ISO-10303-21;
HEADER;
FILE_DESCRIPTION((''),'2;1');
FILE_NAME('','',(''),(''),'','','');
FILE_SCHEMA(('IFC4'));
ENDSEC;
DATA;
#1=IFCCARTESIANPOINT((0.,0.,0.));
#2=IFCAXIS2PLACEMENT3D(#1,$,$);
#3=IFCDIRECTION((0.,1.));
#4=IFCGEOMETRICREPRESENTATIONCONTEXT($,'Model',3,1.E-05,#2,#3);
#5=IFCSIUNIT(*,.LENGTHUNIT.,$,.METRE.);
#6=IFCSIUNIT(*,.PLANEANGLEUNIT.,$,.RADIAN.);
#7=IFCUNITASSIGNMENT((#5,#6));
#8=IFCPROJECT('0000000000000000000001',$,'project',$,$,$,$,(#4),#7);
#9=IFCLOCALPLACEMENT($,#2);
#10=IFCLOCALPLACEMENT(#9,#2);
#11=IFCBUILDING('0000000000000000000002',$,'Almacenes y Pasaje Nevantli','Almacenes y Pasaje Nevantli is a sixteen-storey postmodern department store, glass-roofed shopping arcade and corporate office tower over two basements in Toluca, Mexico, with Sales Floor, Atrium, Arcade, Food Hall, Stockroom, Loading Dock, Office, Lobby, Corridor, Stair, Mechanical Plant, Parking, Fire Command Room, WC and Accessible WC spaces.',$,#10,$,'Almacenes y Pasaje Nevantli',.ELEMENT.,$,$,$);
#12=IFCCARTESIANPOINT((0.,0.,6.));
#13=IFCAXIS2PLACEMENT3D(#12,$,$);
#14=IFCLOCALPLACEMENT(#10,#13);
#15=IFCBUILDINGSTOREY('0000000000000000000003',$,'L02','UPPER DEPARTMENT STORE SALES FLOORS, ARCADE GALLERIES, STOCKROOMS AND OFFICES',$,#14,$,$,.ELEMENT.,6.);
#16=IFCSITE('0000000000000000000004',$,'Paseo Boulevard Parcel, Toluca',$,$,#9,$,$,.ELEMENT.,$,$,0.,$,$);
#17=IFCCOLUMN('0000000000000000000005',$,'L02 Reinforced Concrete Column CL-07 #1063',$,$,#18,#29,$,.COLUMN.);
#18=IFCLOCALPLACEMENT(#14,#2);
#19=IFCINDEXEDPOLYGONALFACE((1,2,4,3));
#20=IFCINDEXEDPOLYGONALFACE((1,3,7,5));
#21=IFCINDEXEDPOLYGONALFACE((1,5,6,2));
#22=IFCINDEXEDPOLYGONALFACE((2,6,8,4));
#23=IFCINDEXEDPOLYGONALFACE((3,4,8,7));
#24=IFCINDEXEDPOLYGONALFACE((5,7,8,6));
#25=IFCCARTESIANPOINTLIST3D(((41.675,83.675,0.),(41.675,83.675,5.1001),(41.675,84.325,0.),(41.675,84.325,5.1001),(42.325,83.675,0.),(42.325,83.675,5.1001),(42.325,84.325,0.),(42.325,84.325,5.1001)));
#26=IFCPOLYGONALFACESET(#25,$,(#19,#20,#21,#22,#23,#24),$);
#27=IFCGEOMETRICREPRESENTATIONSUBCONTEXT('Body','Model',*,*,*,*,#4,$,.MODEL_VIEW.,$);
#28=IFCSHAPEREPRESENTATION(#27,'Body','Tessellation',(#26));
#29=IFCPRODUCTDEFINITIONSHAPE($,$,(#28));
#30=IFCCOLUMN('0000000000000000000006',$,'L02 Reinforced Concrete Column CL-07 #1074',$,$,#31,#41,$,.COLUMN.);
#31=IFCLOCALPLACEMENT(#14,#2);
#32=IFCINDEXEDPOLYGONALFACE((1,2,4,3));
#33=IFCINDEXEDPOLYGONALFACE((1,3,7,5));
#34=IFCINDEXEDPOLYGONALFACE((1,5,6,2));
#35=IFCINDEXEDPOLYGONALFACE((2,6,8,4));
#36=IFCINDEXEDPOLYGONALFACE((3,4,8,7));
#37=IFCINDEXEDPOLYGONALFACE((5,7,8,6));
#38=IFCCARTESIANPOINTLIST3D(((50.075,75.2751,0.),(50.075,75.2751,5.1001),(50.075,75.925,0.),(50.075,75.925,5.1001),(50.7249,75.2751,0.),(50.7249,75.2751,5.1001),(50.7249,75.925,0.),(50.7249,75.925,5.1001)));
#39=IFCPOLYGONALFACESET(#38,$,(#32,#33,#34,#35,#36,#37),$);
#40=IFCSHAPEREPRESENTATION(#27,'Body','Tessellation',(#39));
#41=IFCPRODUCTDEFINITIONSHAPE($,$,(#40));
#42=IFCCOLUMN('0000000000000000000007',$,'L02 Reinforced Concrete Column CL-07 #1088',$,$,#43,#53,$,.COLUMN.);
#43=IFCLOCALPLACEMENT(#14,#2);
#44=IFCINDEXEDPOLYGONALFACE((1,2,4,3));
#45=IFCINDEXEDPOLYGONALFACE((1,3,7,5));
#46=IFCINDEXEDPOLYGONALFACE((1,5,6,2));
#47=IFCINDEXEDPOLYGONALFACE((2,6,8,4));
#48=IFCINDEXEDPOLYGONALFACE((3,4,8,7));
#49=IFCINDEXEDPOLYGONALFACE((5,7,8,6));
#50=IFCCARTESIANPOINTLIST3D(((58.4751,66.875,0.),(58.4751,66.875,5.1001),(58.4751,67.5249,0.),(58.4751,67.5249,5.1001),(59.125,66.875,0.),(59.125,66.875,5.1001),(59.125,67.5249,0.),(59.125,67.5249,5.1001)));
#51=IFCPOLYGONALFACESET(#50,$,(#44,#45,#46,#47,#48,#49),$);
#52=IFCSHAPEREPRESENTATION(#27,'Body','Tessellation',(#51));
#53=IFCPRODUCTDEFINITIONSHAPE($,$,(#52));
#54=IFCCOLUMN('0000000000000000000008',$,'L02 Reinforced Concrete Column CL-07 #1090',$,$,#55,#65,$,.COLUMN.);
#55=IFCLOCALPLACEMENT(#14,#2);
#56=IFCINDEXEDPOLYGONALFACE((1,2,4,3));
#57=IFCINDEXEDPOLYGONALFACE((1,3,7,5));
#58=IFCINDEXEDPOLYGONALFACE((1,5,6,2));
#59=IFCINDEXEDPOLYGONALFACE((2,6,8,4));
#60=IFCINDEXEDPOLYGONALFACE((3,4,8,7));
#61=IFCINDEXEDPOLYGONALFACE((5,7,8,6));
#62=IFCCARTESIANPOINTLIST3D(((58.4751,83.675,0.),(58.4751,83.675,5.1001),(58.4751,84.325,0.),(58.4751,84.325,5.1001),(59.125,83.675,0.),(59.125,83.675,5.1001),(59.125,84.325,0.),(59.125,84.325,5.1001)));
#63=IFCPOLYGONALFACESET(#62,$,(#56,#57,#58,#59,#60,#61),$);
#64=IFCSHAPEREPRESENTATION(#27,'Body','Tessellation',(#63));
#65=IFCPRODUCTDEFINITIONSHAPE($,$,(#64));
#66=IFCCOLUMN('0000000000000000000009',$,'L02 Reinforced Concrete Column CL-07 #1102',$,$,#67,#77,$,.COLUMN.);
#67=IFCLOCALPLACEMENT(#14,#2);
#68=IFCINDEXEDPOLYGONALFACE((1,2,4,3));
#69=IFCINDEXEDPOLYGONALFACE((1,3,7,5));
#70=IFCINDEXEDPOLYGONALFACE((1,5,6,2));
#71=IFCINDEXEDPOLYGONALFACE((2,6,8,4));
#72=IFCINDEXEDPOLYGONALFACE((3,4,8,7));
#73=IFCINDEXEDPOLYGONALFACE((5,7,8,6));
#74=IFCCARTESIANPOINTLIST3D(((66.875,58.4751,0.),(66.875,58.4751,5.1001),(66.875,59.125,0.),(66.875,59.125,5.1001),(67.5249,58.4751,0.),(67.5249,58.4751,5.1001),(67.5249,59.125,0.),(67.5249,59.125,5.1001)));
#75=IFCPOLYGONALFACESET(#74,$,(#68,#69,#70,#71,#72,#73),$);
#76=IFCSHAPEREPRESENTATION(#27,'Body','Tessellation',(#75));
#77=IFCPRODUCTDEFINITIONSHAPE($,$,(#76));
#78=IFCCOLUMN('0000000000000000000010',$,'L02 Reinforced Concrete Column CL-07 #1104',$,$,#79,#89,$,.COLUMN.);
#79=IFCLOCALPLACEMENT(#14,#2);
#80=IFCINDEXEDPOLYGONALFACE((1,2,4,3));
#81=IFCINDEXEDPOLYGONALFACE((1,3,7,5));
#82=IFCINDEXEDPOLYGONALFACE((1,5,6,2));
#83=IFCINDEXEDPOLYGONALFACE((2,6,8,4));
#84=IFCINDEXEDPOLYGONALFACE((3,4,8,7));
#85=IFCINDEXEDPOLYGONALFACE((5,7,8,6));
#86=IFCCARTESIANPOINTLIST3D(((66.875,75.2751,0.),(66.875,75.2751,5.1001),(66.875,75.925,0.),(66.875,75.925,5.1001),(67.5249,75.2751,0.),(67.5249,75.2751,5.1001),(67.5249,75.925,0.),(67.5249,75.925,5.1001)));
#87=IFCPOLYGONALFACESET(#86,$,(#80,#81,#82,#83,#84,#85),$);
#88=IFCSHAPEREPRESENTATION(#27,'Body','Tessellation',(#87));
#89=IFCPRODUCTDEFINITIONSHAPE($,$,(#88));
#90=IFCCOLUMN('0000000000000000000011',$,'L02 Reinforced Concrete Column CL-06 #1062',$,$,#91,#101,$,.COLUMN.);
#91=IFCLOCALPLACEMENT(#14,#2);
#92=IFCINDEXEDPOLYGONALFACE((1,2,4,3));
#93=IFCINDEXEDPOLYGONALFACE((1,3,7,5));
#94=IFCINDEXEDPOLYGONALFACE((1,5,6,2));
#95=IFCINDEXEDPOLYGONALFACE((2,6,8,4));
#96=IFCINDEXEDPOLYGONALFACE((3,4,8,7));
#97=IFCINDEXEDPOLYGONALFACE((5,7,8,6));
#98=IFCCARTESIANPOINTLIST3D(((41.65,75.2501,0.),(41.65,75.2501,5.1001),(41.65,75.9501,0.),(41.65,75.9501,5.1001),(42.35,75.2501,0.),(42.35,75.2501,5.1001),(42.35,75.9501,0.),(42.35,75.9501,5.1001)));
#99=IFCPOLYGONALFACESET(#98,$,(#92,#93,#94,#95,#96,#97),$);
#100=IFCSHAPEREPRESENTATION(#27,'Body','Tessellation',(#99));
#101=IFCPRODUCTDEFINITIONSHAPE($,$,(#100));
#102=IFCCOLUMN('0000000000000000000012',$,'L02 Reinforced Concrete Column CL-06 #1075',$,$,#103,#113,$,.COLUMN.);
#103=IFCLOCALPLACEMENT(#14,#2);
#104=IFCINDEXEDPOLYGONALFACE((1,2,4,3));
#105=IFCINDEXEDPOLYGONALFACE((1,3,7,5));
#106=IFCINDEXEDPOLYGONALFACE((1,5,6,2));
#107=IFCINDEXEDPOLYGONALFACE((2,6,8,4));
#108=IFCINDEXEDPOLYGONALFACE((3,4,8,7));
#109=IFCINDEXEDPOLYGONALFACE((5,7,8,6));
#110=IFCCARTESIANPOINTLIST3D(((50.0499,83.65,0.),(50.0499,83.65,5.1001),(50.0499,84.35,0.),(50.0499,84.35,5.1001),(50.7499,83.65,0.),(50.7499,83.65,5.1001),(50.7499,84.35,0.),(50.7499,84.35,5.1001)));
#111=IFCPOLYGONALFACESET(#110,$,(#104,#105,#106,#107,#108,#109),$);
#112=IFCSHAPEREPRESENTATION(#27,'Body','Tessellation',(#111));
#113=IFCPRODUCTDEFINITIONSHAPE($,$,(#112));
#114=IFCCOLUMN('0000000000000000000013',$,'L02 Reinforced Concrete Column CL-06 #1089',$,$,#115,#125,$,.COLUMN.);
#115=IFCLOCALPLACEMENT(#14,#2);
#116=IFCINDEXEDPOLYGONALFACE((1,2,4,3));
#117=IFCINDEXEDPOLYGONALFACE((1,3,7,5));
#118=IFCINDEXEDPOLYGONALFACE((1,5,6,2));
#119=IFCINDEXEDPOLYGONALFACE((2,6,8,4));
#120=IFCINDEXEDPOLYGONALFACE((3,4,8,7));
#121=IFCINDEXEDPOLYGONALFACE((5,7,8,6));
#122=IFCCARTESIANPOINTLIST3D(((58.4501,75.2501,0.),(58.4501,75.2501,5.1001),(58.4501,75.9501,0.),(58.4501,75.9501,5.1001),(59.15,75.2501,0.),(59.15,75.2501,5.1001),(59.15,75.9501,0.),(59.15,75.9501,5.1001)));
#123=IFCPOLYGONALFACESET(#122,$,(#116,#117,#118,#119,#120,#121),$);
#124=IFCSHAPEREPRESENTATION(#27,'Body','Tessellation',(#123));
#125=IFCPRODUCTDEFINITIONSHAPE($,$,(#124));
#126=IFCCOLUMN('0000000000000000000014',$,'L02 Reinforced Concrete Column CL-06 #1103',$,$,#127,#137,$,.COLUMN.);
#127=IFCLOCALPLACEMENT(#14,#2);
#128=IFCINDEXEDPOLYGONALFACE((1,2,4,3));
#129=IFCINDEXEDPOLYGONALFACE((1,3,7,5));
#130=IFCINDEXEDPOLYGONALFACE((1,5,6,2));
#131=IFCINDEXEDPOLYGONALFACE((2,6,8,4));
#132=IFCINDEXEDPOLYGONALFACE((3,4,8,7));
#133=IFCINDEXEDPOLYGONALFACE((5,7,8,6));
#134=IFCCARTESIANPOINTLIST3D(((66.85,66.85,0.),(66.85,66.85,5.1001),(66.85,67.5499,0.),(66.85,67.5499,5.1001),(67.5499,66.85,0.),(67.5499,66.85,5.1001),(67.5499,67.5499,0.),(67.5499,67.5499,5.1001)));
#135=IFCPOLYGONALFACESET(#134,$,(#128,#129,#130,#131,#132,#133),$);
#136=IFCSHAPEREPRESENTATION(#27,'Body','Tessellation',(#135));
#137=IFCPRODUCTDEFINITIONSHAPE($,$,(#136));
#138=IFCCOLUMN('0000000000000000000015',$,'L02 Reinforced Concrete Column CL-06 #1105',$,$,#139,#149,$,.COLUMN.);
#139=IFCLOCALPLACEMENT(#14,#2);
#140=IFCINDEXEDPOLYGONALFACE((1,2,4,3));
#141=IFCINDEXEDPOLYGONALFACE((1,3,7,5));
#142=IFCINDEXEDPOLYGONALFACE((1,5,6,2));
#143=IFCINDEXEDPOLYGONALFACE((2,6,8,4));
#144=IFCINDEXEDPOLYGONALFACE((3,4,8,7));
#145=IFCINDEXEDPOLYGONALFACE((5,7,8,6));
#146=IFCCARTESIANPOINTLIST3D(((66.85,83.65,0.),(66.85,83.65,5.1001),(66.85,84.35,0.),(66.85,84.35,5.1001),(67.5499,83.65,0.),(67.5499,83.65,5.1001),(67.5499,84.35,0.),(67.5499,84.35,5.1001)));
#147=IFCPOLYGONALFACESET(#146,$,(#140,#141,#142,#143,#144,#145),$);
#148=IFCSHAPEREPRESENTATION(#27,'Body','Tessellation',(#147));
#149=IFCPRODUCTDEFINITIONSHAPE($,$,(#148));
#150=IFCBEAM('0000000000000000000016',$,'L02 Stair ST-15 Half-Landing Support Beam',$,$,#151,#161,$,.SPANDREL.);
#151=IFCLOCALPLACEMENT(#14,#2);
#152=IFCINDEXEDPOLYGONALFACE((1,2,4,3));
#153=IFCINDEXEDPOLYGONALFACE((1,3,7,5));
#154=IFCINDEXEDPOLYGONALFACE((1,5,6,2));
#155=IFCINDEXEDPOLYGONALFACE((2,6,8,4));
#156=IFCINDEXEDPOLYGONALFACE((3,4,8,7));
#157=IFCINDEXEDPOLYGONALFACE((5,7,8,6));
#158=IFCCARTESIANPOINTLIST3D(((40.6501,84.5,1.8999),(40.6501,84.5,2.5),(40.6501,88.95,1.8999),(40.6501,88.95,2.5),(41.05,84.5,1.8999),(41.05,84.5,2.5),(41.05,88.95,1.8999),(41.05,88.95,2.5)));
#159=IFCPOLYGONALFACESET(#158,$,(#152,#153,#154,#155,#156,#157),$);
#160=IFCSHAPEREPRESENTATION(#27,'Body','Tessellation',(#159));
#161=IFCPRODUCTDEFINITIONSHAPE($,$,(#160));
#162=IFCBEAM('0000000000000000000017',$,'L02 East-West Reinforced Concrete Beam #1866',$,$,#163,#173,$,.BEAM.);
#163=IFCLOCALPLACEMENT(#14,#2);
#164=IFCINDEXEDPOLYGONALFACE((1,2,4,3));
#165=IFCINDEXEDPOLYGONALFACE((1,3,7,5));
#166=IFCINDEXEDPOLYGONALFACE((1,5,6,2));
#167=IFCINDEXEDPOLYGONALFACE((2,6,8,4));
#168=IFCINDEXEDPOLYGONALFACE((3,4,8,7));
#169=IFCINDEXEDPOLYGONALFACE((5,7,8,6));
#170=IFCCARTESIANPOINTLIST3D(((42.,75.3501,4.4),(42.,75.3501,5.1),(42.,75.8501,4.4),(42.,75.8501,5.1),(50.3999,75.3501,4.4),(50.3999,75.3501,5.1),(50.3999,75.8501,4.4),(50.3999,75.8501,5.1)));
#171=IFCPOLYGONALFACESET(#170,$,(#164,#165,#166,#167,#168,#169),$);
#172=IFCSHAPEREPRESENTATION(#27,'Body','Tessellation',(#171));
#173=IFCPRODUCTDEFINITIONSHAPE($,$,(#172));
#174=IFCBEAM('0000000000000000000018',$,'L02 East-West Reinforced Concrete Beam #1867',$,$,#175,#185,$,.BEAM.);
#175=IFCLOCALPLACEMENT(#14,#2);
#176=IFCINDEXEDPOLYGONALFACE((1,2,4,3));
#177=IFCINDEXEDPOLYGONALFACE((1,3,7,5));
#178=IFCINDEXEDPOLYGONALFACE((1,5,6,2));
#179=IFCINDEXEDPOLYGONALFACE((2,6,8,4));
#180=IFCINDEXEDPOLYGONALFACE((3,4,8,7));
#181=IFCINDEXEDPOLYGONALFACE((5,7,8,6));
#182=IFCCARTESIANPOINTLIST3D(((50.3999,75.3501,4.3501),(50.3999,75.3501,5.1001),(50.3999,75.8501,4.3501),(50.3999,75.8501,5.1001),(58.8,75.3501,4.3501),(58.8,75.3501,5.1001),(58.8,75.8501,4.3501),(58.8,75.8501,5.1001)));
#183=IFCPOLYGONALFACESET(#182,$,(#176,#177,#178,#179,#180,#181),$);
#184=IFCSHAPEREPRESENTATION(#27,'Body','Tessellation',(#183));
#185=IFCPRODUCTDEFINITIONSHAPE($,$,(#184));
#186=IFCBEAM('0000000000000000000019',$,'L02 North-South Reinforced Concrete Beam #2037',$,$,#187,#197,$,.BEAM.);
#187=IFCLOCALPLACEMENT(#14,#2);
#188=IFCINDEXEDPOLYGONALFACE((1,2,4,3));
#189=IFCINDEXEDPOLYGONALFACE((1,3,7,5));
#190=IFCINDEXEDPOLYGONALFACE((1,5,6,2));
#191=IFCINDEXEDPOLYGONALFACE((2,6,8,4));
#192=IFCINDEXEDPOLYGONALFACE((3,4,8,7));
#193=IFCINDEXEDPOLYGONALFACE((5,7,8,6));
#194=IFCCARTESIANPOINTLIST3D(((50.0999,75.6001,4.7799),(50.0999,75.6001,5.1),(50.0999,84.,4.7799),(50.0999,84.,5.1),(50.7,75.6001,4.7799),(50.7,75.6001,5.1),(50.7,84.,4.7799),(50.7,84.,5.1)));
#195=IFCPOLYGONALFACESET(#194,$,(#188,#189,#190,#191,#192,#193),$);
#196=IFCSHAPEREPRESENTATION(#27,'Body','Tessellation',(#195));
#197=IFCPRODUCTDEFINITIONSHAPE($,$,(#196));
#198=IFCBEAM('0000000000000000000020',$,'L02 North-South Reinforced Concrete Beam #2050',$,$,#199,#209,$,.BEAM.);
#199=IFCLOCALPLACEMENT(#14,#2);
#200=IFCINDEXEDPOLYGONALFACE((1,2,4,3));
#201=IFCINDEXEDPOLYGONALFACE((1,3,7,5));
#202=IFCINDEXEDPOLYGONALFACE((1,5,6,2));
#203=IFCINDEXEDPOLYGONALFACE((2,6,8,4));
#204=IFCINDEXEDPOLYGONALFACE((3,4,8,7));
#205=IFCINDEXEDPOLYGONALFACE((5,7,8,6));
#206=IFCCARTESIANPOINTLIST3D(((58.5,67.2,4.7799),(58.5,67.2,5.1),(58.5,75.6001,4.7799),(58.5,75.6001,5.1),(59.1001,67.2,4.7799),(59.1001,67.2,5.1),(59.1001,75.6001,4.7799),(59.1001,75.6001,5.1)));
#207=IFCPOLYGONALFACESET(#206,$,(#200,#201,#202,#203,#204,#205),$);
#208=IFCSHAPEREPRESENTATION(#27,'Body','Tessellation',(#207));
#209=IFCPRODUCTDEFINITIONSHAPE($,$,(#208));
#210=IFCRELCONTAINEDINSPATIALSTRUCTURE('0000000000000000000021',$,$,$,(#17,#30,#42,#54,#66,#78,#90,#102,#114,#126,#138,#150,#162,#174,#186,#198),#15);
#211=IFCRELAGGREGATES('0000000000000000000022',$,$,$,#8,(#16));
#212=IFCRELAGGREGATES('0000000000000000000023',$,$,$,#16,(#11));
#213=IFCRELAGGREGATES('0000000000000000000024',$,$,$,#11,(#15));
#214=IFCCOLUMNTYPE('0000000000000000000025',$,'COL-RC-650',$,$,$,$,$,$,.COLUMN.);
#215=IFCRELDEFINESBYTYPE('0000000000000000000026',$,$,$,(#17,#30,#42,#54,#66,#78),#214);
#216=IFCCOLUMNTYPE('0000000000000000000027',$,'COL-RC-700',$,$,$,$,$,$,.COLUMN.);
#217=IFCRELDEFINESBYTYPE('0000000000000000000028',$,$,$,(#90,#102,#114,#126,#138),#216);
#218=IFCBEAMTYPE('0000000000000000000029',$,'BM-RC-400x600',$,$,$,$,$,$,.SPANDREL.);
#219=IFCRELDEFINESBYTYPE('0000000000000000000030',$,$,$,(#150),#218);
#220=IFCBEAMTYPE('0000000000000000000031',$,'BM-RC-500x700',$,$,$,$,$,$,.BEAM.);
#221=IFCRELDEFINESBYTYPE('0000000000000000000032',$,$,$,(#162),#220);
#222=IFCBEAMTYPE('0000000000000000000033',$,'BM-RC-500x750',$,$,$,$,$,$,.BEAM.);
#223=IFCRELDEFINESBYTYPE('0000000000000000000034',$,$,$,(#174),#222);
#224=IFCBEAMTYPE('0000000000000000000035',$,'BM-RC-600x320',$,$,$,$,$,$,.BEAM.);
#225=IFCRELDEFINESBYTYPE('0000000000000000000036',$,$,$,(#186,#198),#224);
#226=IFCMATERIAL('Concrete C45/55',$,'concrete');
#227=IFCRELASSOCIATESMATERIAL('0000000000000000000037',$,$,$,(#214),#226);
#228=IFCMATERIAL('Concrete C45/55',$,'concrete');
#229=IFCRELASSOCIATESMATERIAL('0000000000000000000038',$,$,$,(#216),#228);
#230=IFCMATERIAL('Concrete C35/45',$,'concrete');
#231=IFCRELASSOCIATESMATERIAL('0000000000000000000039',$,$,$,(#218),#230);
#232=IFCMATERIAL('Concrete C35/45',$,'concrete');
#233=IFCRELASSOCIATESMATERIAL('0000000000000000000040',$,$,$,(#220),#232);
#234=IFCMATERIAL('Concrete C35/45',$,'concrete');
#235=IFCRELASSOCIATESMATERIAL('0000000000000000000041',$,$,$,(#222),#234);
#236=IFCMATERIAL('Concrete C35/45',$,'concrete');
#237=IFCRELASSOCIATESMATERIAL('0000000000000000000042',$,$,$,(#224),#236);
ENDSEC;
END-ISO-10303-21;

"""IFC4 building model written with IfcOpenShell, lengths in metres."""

from ifc_helpers import new_model, si_unit, direction, frame, origin, origin_2d, place, context, subcontext, project, spatial, rectangle, extrude, material, material_profile, profile_set, type_object, element, save


model = new_model("IFC4")

# Units and contexts
model_context = context("Model", 3, precision=1e-05, world=origin(), true_north=direction((0.0, 1.0)))
body_context = subcontext(model_context, "Body", "Model", "MODEL_VIEW")
ifc_project = project(units=[si_unit("LENGTHUNIT", "METRE"), si_unit("PLANEANGLEUNIT", "RADIAN")], contexts=[model_context])

# Site, building, storey
site_placement = place(None, origin())
site = spatial("IfcSite", under=ifc_project, at=site_placement, Name="Paseo Boulevard Parcel, Toluca", CompositionType="ELEMENT", RefElevation=0.0)
building_placement = place(site_placement, origin())
building = spatial("IfcBuilding", under=site, at=building_placement, Name="Almacenes y Pasaje Nevantli", Description="Almacenes y Pasaje Nevantli is a sixteen-storey postmodern department store, glass-roofed shopping arcade and corporate office tower over two basements in Toluca, Mexico, with Sales Floor, Atrium, Arcade, Food Hall, Stockroom, Loading Dock, Office, Lobby, Corridor, Stair, Mechanical Plant, Parking, Fire Command Room, WC and Accessible WC spaces.", LongName="Almacenes y Pasaje Nevantli", CompositionType="ELEMENT")
storey_placement = place(building_placement, frame((0.0, 0.0, 6.0)))
storey = spatial("IfcBuildingStorey", under=building, at=storey_placement, Name="L02", Description="UPPER DEPARTMENT STORE SALES FLOORS, ARCADE GALLERIES, STOCKROOMS AND OFFICES", CompositionType="ELEMENT", Elevation=6.0)

# Columns
ifc_material_1 = material(Name="Concrete C45/55", Category="concrete")
ifc_material_profile_1 = material_profile(ifc_material_1, rectangle(XDim=0.6499, YDim=0.6499, at=origin_2d()), Name="RC-COL-650x650")
ifc_profile_set_1 = profile_set([ifc_material_profile_1], Name="Concrete C45/55")
column_type_1 = type_object("IfcColumnType", Name="COL-RC-650", PredefinedType="COLUMN", material=ifc_profile_set_1)
for number, where, z_axis, x_axis, name in (
    (1, (42.0, 84.0, 0.0), (0.0, 0.0, 1.0), (1.0, 0.0, 0.0), "L02 Reinforced Concrete Column CL-07 #1063"),
    (2, (50.3999, 75.6001, 0.0), (0.0, 0.0, 1.0), (1.0, 0.0, 0.0), "L02 Reinforced Concrete Column CL-07 #1074"),
    (3, (58.8, 67.2, 0.0), (0.0, 0.0, 1.0), (1.0, 0.0, 0.0), "L02 Reinforced Concrete Column CL-07 #1088"),
    (4, (58.8, 84.0, 0.0), (0.0, 0.0, 1.0), (1.0, 0.0, 0.0), "L02 Reinforced Concrete Column CL-07 #1090"),
    (5, (67.2, 58.8, 0.0), (0.0, 0.0, 1.0), (1.0, 0.0, 0.0), "L02 Reinforced Concrete Column CL-07 #1102"),
    (6, (67.2, 75.6001, 0.0), (0.0, 0.0, 1.0), (1.0, 0.0, 0.0), "L02 Reinforced Concrete Column CL-07 #1104"),
):
    element("IfcColumn", number, at=place(storey_placement, frame(where, z_axis=z_axis, x_axis=x_axis)), inside=storey, type_object=column_type_1, Name=name, PredefinedType="COLUMN", context=body_context, shape_type="SweptSolid", body=[
        extrude(rectangle(XDim=0.6499, YDim=0.6499, at=origin_2d()), origin(), (0.0, 0.0, 1.0), 5.1001),
    ])
ifc_material_2 = material(Name="Concrete C45/55", Category="concrete")
ifc_material_profile_2 = material_profile(ifc_material_2, rectangle(XDim=0.7, YDim=0.7, at=origin_2d()), Name="RC-COL-700x700")
ifc_profile_set_2 = profile_set([ifc_material_profile_2], Name="Concrete C45/55")
column_type_2 = type_object("IfcColumnType", Name="COL-RC-700", PredefinedType="COLUMN", material=ifc_profile_set_2)
for number, where, z_axis, x_axis, name in (
    (7, (42.0, 75.6001, 0.0), (0.0, 0.0, 1.0), (1.0, 0.0, 0.0), "L02 Reinforced Concrete Column CL-06 #1062"),
    (8, (50.3999, 84.0, 0.0), (0.0, 0.0, 1.0), (1.0, 0.0, 0.0), "L02 Reinforced Concrete Column CL-06 #1075"),
    (9, (58.8, 75.6001, 0.0), (0.0, 0.0, 1.0), (1.0, 0.0, 0.0), "L02 Reinforced Concrete Column CL-06 #1089"),
    (10, (67.2, 67.2, 0.0), (0.0, 0.0, 1.0), (1.0, 0.0, 0.0), "L02 Reinforced Concrete Column CL-06 #1103"),
    (11, (67.2, 84.0, 0.0), (0.0, 0.0, 1.0), (1.0, 0.0, 0.0), "L02 Reinforced Concrete Column CL-06 #1105"),
):
    element("IfcColumn", number, at=place(storey_placement, frame(where, z_axis=z_axis, x_axis=x_axis)), inside=storey, type_object=column_type_2, Name=name, PredefinedType="COLUMN", context=body_context, shape_type="SweptSolid", body=[
        extrude(rectangle(XDim=0.7, YDim=0.7, at=origin_2d()), origin(), (0.0, 0.0, 1.0), 5.1001),
    ])

# Beams
ifc_material_3 = material(Name="Concrete C35/45", Category="concrete")
ifc_material_profile_3 = material_profile(ifc_material_3, rectangle(XDim=0.3999, YDim=0.6001, at=origin_2d()), Name="RC-BM-400x600")
ifc_profile_set_3 = profile_set([ifc_material_profile_3], Name="Concrete C35/45")
beam_type_1 = type_object("IfcBeamType", Name="BM-RC-400x600", PredefinedType="SPANDREL", material=ifc_profile_set_3)
beam_1_placement = place(storey_placement, frame((40.8501, 84.5, 2.2), z_axis=(0.0, 1.0, 0.0), x_axis=(-1.0, 0.0, 0.0)))
element("IfcBeam", 12, at=beam_1_placement, inside=storey, type_object=beam_type_1, Name="L02 Stair ST-15 Half-Landing Support Beam", PredefinedType="SPANDREL", context=body_context, shape_type="SweptSolid", body=[
    extrude(rectangle(XDim=0.3999, YDim=0.6001, at=origin_2d()), origin(), (0.0, 0.0, 1.0), 4.45),
])
ifc_material_4 = material(Name="Concrete C35/45", Category="concrete")
ifc_material_profile_4 = material_profile(ifc_material_4, rectangle(XDim=0.5, YDim=0.7, at=origin_2d()), Name="RC-BM-500x700")
ifc_profile_set_4 = profile_set([ifc_material_profile_4], Name="Concrete C35/45")
beam_type_2 = type_object("IfcBeamType", Name="BM-RC-500x700", PredefinedType="BEAM", material=ifc_profile_set_4)
beam_2_placement = place(storey_placement, frame((42.0, 75.6001, 4.75), z_axis=(1.0, 0.0, 0.0), x_axis=(0.0, 1.0, 0.0)))
element("IfcBeam", 13, at=beam_2_placement, inside=storey, type_object=beam_type_2, Name="L02 East-West Reinforced Concrete Beam #1866", PredefinedType="BEAM", context=body_context, shape_type="SweptSolid", body=[
    extrude(rectangle(XDim=0.5, YDim=0.7, at=origin_2d()), origin(), (0.0, 0.0, 1.0), 8.3999),
])
ifc_material_5 = material(Name="Concrete C35/45", Category="concrete")
ifc_material_profile_5 = material_profile(ifc_material_5, rectangle(XDim=0.5, YDim=0.75, at=origin_2d()), Name="RC-BM-500x750")
ifc_profile_set_5 = profile_set([ifc_material_profile_5], Name="Concrete C35/45")
beam_type_3 = type_object("IfcBeamType", Name="BM-RC-500x750", PredefinedType="BEAM", material=ifc_profile_set_5)
beam_3_placement = place(storey_placement, frame((50.3999, 75.6001, 4.7251), z_axis=(1.0, 0.0, 0.0), x_axis=(0.0, 1.0, 0.0)))
element("IfcBeam", 14, at=beam_3_placement, inside=storey, type_object=beam_type_3, Name="L02 East-West Reinforced Concrete Beam #1867", PredefinedType="BEAM", context=body_context, shape_type="SweptSolid", body=[
    extrude(rectangle(XDim=0.5, YDim=0.75, at=origin_2d()), origin(), (0.0, 0.0, 1.0), 8.4001),
])
ifc_material_6 = material(Name="Concrete C35/45", Category="concrete")
ifc_material_profile_6 = material_profile(ifc_material_6, rectangle(XDim=0.6001, YDim=0.3201, at=origin_2d()), Name="RC-BM-600x320")
ifc_profile_set_6 = profile_set([ifc_material_profile_6], Name="Concrete C35/45")
beam_type_4 = type_object("IfcBeamType", Name="BM-RC-600x320", PredefinedType="BEAM", material=ifc_profile_set_6)
beam_4_placement = place(storey_placement, frame((50.3999, 75.6001, 4.9399), z_axis=(0.0, 1.0, 0.0), x_axis=(-1.0, 0.0, 0.0)))
element("IfcBeam", 15, at=beam_4_placement, inside=storey, type_object=beam_type_4, Name="L02 North-South Reinforced Concrete Beam #2037", PredefinedType="BEAM", context=body_context, shape_type="SweptSolid", body=[
    extrude(rectangle(XDim=0.6001, YDim=0.3201, at=origin_2d()), origin(), (0.0, 0.0, 1.0), 8.3999),
])
beam_5_placement = place(storey_placement, frame((58.8, 67.2, 4.9399), z_axis=(0.0, 1.0, 0.0), x_axis=(-1.0, 0.0, 0.0)))
element("IfcBeam", 16, at=beam_5_placement, inside=storey, type_object=beam_type_4, Name="L02 North-South Reinforced Concrete Beam #2050", PredefinedType="BEAM", context=body_context, shape_type="SweptSolid", body=[
    extrude(rectangle(XDim=0.6001, YDim=0.3201, at=origin_2d()), origin(), (0.0, 0.0, 1.0), 8.4001),
])

save(model, "model.ifc")
